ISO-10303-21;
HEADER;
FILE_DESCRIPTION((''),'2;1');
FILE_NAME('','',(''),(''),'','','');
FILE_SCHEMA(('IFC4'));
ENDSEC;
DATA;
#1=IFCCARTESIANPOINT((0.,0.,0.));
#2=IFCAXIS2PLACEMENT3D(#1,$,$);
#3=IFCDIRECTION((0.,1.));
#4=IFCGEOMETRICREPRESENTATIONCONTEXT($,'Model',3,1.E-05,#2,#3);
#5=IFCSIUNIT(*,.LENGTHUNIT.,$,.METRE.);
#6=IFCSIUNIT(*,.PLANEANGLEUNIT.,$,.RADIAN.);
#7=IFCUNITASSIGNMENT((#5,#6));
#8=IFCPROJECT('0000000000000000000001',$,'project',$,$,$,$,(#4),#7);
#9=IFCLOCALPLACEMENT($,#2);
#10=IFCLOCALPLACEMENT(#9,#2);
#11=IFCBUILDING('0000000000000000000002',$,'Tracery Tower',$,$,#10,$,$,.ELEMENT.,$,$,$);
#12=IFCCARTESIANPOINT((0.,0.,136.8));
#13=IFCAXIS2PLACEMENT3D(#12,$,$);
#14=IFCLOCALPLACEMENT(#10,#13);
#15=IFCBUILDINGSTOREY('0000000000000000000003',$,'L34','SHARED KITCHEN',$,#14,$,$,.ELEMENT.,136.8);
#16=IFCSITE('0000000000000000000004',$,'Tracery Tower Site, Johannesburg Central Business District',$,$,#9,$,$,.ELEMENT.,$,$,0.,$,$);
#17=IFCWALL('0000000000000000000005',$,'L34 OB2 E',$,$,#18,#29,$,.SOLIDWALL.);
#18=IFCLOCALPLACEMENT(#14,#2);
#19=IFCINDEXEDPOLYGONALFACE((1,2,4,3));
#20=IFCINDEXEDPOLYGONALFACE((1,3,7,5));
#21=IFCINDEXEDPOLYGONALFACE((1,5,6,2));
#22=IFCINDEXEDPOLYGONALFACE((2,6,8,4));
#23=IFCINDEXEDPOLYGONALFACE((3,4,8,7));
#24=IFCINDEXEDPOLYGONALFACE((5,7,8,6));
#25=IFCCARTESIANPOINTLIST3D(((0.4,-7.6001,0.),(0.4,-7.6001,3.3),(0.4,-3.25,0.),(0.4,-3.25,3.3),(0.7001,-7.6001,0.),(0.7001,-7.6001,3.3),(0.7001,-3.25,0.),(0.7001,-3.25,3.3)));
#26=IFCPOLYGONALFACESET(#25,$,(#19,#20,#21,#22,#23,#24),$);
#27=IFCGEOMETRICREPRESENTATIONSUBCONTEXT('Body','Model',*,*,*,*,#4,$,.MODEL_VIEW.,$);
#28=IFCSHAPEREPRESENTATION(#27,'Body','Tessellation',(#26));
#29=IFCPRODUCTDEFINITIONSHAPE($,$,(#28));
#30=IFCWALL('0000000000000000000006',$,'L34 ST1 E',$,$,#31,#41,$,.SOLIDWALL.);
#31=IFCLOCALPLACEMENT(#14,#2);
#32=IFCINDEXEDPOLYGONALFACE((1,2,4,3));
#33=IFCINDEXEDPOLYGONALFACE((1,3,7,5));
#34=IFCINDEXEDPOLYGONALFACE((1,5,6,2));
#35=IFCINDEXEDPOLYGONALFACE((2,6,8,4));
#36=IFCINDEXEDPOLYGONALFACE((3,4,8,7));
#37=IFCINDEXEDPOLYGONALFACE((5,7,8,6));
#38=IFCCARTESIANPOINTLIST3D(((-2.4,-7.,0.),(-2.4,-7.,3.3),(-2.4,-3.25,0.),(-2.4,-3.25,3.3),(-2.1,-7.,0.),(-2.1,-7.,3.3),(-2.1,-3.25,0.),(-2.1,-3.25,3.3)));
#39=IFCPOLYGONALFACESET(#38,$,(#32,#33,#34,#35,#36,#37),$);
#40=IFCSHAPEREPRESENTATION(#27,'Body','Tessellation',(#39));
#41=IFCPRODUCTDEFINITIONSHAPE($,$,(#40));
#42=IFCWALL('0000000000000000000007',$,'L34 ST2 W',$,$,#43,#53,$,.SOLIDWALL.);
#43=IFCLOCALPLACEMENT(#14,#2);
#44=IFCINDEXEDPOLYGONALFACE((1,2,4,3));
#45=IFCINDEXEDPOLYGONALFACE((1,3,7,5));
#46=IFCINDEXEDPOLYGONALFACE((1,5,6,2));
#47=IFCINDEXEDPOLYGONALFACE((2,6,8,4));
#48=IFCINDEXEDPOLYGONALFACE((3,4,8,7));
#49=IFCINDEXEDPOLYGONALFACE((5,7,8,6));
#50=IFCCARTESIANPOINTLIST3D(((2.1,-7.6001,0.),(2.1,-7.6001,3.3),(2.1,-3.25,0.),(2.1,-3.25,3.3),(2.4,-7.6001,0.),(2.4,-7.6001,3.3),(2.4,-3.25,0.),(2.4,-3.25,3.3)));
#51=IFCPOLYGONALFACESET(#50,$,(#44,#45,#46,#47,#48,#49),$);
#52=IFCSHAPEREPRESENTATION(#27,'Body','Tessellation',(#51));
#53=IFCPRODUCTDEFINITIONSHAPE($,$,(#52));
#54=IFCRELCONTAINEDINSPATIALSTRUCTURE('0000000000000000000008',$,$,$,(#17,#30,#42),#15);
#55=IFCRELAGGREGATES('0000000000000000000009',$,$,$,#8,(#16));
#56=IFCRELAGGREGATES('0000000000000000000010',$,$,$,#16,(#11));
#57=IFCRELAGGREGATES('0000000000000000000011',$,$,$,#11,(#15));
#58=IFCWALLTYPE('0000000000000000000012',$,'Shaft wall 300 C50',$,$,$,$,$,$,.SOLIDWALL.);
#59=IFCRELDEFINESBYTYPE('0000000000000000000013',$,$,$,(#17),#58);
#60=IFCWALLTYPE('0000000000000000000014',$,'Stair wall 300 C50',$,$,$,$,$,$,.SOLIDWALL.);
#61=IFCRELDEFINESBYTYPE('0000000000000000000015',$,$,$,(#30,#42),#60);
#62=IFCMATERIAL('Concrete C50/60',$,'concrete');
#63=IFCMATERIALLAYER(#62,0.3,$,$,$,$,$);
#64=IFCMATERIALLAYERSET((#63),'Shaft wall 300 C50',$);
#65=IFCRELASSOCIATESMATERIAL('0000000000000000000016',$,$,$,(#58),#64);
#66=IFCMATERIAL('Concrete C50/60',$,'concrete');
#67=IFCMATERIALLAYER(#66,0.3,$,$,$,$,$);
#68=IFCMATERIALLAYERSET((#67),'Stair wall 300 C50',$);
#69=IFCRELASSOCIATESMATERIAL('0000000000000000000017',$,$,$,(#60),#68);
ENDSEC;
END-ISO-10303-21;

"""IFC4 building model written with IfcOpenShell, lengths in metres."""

from ifc_helpers import new_model, si_unit, direction, frame, frame_2d, origin, place, context, subcontext, project, spatial, rectangle, extrude, material, layer, layer_set, type_object, element, save


model = new_model("IFC4")

# Units and contexts
model_context = context("Model", 3, precision=1e-05, world=origin(), true_north=direction((0.0, 1.0)))
body_context = subcontext(model_context, "Body", "Model", "MODEL_VIEW")
ifc_project = project(units=[si_unit("LENGTHUNIT", "METRE"), si_unit("PLANEANGLEUNIT", "RADIAN")], contexts=[model_context])

# Site, building, storey
site_placement = place(None, origin())
site = spatial("IfcSite", under=ifc_project, at=site_placement, Name="Tracery Tower Site, Johannesburg Central Business District", CompositionType="ELEMENT", RefElevation=0.0)
building_placement = place(site_placement, origin())
building = spatial("IfcBuilding", under=site, at=building_placement, Name="Tracery Tower", CompositionType="ELEMENT")
storey_placement = place(building_placement, frame((0.0, 0.0, 136.8)))
storey = spatial("IfcBuildingStorey", under=building, at=storey_placement, Name="L34", Description="SHARED KITCHEN", CompositionType="ELEMENT", Elevation=136.8)

# Walls
ifc_material_1 = material(Name="Concrete C50/60", Category="concrete")
ifc_layer_1 = layer(ifc_material_1, 0.3)
ifc_layer_set_1 = layer_set([ifc_layer_1], Name="Shaft wall 300 C50")
wall_type_1 = type_object("IfcWallType", Name="Shaft wall 300 C50", PredefinedType="SOLIDWALL", material=ifc_layer_set_1)
wall_1_placement = place(storey_placement, frame((0.55, -7.6001, 0.0), z_axis=(0.0, 0.0, 1.0), x_axis=(0.0, 1.0, 0.0)))
element("IfcWall", 1, at=wall_1_placement, inside=storey, type_object=wall_type_1, Name="L34 OB2 E", PredefinedType="SOLIDWALL", context=body_context, shape_type="SweptSolid", body=[
    extrude(rectangle(XDim=4.3501, YDim=0.3, at=frame_2d((2.175, 0.0))), origin(), (0.0, 0.0, 1.0), 3.3),
])
ifc_material_2 = material(Name="Concrete C50/60", Category="concrete")
ifc_layer_2 = layer(ifc_material_2, 0.3)
ifc_layer_set_2 = layer_set([ifc_layer_2], Name="Stair wall 300 C50")
wall_type_2 = type_object("IfcWallType", Name="Stair wall 300 C50", PredefinedType="SOLIDWALL", material=ifc_layer_set_2)
wall_2_placement = place(storey_placement, frame((-2.25, -7.0, 0.0), z_axis=(0.0, 0.0, 1.0), x_axis=(0.0, 1.0, 0.0)))
element("IfcWall", 2, at=wall_2_placement, inside=storey, type_object=wall_type_2, Name="L34 ST1 E", PredefinedType="SOLIDWALL", context=body_context, shape_type="SweptSolid", body=[
    extrude(rectangle(XDim=3.75, YDim=0.3, at=frame_2d((1.875, 0.0))), origin(), (0.0, 0.0, 1.0), 3.3),
])
wall_3_placement = place(storey_placement, frame((2.25, -7.6001, 0.0), z_axis=(0.0, 0.0, 1.0), x_axis=(0.0, 1.0, 0.0)))
element("IfcWall", 3, at=wall_3_placement, inside=storey, type_object=wall_type_2, Name="L34 ST2 W", PredefinedType="SOLIDWALL", context=body_context, shape_type="SweptSolid", body=[
    extrude(rectangle(XDim=4.3501, YDim=0.3, at=frame_2d((2.175, 0.0))), origin(), (0.0, 0.0, 1.0), 3.3),
])

save(model, "model.ifc")
